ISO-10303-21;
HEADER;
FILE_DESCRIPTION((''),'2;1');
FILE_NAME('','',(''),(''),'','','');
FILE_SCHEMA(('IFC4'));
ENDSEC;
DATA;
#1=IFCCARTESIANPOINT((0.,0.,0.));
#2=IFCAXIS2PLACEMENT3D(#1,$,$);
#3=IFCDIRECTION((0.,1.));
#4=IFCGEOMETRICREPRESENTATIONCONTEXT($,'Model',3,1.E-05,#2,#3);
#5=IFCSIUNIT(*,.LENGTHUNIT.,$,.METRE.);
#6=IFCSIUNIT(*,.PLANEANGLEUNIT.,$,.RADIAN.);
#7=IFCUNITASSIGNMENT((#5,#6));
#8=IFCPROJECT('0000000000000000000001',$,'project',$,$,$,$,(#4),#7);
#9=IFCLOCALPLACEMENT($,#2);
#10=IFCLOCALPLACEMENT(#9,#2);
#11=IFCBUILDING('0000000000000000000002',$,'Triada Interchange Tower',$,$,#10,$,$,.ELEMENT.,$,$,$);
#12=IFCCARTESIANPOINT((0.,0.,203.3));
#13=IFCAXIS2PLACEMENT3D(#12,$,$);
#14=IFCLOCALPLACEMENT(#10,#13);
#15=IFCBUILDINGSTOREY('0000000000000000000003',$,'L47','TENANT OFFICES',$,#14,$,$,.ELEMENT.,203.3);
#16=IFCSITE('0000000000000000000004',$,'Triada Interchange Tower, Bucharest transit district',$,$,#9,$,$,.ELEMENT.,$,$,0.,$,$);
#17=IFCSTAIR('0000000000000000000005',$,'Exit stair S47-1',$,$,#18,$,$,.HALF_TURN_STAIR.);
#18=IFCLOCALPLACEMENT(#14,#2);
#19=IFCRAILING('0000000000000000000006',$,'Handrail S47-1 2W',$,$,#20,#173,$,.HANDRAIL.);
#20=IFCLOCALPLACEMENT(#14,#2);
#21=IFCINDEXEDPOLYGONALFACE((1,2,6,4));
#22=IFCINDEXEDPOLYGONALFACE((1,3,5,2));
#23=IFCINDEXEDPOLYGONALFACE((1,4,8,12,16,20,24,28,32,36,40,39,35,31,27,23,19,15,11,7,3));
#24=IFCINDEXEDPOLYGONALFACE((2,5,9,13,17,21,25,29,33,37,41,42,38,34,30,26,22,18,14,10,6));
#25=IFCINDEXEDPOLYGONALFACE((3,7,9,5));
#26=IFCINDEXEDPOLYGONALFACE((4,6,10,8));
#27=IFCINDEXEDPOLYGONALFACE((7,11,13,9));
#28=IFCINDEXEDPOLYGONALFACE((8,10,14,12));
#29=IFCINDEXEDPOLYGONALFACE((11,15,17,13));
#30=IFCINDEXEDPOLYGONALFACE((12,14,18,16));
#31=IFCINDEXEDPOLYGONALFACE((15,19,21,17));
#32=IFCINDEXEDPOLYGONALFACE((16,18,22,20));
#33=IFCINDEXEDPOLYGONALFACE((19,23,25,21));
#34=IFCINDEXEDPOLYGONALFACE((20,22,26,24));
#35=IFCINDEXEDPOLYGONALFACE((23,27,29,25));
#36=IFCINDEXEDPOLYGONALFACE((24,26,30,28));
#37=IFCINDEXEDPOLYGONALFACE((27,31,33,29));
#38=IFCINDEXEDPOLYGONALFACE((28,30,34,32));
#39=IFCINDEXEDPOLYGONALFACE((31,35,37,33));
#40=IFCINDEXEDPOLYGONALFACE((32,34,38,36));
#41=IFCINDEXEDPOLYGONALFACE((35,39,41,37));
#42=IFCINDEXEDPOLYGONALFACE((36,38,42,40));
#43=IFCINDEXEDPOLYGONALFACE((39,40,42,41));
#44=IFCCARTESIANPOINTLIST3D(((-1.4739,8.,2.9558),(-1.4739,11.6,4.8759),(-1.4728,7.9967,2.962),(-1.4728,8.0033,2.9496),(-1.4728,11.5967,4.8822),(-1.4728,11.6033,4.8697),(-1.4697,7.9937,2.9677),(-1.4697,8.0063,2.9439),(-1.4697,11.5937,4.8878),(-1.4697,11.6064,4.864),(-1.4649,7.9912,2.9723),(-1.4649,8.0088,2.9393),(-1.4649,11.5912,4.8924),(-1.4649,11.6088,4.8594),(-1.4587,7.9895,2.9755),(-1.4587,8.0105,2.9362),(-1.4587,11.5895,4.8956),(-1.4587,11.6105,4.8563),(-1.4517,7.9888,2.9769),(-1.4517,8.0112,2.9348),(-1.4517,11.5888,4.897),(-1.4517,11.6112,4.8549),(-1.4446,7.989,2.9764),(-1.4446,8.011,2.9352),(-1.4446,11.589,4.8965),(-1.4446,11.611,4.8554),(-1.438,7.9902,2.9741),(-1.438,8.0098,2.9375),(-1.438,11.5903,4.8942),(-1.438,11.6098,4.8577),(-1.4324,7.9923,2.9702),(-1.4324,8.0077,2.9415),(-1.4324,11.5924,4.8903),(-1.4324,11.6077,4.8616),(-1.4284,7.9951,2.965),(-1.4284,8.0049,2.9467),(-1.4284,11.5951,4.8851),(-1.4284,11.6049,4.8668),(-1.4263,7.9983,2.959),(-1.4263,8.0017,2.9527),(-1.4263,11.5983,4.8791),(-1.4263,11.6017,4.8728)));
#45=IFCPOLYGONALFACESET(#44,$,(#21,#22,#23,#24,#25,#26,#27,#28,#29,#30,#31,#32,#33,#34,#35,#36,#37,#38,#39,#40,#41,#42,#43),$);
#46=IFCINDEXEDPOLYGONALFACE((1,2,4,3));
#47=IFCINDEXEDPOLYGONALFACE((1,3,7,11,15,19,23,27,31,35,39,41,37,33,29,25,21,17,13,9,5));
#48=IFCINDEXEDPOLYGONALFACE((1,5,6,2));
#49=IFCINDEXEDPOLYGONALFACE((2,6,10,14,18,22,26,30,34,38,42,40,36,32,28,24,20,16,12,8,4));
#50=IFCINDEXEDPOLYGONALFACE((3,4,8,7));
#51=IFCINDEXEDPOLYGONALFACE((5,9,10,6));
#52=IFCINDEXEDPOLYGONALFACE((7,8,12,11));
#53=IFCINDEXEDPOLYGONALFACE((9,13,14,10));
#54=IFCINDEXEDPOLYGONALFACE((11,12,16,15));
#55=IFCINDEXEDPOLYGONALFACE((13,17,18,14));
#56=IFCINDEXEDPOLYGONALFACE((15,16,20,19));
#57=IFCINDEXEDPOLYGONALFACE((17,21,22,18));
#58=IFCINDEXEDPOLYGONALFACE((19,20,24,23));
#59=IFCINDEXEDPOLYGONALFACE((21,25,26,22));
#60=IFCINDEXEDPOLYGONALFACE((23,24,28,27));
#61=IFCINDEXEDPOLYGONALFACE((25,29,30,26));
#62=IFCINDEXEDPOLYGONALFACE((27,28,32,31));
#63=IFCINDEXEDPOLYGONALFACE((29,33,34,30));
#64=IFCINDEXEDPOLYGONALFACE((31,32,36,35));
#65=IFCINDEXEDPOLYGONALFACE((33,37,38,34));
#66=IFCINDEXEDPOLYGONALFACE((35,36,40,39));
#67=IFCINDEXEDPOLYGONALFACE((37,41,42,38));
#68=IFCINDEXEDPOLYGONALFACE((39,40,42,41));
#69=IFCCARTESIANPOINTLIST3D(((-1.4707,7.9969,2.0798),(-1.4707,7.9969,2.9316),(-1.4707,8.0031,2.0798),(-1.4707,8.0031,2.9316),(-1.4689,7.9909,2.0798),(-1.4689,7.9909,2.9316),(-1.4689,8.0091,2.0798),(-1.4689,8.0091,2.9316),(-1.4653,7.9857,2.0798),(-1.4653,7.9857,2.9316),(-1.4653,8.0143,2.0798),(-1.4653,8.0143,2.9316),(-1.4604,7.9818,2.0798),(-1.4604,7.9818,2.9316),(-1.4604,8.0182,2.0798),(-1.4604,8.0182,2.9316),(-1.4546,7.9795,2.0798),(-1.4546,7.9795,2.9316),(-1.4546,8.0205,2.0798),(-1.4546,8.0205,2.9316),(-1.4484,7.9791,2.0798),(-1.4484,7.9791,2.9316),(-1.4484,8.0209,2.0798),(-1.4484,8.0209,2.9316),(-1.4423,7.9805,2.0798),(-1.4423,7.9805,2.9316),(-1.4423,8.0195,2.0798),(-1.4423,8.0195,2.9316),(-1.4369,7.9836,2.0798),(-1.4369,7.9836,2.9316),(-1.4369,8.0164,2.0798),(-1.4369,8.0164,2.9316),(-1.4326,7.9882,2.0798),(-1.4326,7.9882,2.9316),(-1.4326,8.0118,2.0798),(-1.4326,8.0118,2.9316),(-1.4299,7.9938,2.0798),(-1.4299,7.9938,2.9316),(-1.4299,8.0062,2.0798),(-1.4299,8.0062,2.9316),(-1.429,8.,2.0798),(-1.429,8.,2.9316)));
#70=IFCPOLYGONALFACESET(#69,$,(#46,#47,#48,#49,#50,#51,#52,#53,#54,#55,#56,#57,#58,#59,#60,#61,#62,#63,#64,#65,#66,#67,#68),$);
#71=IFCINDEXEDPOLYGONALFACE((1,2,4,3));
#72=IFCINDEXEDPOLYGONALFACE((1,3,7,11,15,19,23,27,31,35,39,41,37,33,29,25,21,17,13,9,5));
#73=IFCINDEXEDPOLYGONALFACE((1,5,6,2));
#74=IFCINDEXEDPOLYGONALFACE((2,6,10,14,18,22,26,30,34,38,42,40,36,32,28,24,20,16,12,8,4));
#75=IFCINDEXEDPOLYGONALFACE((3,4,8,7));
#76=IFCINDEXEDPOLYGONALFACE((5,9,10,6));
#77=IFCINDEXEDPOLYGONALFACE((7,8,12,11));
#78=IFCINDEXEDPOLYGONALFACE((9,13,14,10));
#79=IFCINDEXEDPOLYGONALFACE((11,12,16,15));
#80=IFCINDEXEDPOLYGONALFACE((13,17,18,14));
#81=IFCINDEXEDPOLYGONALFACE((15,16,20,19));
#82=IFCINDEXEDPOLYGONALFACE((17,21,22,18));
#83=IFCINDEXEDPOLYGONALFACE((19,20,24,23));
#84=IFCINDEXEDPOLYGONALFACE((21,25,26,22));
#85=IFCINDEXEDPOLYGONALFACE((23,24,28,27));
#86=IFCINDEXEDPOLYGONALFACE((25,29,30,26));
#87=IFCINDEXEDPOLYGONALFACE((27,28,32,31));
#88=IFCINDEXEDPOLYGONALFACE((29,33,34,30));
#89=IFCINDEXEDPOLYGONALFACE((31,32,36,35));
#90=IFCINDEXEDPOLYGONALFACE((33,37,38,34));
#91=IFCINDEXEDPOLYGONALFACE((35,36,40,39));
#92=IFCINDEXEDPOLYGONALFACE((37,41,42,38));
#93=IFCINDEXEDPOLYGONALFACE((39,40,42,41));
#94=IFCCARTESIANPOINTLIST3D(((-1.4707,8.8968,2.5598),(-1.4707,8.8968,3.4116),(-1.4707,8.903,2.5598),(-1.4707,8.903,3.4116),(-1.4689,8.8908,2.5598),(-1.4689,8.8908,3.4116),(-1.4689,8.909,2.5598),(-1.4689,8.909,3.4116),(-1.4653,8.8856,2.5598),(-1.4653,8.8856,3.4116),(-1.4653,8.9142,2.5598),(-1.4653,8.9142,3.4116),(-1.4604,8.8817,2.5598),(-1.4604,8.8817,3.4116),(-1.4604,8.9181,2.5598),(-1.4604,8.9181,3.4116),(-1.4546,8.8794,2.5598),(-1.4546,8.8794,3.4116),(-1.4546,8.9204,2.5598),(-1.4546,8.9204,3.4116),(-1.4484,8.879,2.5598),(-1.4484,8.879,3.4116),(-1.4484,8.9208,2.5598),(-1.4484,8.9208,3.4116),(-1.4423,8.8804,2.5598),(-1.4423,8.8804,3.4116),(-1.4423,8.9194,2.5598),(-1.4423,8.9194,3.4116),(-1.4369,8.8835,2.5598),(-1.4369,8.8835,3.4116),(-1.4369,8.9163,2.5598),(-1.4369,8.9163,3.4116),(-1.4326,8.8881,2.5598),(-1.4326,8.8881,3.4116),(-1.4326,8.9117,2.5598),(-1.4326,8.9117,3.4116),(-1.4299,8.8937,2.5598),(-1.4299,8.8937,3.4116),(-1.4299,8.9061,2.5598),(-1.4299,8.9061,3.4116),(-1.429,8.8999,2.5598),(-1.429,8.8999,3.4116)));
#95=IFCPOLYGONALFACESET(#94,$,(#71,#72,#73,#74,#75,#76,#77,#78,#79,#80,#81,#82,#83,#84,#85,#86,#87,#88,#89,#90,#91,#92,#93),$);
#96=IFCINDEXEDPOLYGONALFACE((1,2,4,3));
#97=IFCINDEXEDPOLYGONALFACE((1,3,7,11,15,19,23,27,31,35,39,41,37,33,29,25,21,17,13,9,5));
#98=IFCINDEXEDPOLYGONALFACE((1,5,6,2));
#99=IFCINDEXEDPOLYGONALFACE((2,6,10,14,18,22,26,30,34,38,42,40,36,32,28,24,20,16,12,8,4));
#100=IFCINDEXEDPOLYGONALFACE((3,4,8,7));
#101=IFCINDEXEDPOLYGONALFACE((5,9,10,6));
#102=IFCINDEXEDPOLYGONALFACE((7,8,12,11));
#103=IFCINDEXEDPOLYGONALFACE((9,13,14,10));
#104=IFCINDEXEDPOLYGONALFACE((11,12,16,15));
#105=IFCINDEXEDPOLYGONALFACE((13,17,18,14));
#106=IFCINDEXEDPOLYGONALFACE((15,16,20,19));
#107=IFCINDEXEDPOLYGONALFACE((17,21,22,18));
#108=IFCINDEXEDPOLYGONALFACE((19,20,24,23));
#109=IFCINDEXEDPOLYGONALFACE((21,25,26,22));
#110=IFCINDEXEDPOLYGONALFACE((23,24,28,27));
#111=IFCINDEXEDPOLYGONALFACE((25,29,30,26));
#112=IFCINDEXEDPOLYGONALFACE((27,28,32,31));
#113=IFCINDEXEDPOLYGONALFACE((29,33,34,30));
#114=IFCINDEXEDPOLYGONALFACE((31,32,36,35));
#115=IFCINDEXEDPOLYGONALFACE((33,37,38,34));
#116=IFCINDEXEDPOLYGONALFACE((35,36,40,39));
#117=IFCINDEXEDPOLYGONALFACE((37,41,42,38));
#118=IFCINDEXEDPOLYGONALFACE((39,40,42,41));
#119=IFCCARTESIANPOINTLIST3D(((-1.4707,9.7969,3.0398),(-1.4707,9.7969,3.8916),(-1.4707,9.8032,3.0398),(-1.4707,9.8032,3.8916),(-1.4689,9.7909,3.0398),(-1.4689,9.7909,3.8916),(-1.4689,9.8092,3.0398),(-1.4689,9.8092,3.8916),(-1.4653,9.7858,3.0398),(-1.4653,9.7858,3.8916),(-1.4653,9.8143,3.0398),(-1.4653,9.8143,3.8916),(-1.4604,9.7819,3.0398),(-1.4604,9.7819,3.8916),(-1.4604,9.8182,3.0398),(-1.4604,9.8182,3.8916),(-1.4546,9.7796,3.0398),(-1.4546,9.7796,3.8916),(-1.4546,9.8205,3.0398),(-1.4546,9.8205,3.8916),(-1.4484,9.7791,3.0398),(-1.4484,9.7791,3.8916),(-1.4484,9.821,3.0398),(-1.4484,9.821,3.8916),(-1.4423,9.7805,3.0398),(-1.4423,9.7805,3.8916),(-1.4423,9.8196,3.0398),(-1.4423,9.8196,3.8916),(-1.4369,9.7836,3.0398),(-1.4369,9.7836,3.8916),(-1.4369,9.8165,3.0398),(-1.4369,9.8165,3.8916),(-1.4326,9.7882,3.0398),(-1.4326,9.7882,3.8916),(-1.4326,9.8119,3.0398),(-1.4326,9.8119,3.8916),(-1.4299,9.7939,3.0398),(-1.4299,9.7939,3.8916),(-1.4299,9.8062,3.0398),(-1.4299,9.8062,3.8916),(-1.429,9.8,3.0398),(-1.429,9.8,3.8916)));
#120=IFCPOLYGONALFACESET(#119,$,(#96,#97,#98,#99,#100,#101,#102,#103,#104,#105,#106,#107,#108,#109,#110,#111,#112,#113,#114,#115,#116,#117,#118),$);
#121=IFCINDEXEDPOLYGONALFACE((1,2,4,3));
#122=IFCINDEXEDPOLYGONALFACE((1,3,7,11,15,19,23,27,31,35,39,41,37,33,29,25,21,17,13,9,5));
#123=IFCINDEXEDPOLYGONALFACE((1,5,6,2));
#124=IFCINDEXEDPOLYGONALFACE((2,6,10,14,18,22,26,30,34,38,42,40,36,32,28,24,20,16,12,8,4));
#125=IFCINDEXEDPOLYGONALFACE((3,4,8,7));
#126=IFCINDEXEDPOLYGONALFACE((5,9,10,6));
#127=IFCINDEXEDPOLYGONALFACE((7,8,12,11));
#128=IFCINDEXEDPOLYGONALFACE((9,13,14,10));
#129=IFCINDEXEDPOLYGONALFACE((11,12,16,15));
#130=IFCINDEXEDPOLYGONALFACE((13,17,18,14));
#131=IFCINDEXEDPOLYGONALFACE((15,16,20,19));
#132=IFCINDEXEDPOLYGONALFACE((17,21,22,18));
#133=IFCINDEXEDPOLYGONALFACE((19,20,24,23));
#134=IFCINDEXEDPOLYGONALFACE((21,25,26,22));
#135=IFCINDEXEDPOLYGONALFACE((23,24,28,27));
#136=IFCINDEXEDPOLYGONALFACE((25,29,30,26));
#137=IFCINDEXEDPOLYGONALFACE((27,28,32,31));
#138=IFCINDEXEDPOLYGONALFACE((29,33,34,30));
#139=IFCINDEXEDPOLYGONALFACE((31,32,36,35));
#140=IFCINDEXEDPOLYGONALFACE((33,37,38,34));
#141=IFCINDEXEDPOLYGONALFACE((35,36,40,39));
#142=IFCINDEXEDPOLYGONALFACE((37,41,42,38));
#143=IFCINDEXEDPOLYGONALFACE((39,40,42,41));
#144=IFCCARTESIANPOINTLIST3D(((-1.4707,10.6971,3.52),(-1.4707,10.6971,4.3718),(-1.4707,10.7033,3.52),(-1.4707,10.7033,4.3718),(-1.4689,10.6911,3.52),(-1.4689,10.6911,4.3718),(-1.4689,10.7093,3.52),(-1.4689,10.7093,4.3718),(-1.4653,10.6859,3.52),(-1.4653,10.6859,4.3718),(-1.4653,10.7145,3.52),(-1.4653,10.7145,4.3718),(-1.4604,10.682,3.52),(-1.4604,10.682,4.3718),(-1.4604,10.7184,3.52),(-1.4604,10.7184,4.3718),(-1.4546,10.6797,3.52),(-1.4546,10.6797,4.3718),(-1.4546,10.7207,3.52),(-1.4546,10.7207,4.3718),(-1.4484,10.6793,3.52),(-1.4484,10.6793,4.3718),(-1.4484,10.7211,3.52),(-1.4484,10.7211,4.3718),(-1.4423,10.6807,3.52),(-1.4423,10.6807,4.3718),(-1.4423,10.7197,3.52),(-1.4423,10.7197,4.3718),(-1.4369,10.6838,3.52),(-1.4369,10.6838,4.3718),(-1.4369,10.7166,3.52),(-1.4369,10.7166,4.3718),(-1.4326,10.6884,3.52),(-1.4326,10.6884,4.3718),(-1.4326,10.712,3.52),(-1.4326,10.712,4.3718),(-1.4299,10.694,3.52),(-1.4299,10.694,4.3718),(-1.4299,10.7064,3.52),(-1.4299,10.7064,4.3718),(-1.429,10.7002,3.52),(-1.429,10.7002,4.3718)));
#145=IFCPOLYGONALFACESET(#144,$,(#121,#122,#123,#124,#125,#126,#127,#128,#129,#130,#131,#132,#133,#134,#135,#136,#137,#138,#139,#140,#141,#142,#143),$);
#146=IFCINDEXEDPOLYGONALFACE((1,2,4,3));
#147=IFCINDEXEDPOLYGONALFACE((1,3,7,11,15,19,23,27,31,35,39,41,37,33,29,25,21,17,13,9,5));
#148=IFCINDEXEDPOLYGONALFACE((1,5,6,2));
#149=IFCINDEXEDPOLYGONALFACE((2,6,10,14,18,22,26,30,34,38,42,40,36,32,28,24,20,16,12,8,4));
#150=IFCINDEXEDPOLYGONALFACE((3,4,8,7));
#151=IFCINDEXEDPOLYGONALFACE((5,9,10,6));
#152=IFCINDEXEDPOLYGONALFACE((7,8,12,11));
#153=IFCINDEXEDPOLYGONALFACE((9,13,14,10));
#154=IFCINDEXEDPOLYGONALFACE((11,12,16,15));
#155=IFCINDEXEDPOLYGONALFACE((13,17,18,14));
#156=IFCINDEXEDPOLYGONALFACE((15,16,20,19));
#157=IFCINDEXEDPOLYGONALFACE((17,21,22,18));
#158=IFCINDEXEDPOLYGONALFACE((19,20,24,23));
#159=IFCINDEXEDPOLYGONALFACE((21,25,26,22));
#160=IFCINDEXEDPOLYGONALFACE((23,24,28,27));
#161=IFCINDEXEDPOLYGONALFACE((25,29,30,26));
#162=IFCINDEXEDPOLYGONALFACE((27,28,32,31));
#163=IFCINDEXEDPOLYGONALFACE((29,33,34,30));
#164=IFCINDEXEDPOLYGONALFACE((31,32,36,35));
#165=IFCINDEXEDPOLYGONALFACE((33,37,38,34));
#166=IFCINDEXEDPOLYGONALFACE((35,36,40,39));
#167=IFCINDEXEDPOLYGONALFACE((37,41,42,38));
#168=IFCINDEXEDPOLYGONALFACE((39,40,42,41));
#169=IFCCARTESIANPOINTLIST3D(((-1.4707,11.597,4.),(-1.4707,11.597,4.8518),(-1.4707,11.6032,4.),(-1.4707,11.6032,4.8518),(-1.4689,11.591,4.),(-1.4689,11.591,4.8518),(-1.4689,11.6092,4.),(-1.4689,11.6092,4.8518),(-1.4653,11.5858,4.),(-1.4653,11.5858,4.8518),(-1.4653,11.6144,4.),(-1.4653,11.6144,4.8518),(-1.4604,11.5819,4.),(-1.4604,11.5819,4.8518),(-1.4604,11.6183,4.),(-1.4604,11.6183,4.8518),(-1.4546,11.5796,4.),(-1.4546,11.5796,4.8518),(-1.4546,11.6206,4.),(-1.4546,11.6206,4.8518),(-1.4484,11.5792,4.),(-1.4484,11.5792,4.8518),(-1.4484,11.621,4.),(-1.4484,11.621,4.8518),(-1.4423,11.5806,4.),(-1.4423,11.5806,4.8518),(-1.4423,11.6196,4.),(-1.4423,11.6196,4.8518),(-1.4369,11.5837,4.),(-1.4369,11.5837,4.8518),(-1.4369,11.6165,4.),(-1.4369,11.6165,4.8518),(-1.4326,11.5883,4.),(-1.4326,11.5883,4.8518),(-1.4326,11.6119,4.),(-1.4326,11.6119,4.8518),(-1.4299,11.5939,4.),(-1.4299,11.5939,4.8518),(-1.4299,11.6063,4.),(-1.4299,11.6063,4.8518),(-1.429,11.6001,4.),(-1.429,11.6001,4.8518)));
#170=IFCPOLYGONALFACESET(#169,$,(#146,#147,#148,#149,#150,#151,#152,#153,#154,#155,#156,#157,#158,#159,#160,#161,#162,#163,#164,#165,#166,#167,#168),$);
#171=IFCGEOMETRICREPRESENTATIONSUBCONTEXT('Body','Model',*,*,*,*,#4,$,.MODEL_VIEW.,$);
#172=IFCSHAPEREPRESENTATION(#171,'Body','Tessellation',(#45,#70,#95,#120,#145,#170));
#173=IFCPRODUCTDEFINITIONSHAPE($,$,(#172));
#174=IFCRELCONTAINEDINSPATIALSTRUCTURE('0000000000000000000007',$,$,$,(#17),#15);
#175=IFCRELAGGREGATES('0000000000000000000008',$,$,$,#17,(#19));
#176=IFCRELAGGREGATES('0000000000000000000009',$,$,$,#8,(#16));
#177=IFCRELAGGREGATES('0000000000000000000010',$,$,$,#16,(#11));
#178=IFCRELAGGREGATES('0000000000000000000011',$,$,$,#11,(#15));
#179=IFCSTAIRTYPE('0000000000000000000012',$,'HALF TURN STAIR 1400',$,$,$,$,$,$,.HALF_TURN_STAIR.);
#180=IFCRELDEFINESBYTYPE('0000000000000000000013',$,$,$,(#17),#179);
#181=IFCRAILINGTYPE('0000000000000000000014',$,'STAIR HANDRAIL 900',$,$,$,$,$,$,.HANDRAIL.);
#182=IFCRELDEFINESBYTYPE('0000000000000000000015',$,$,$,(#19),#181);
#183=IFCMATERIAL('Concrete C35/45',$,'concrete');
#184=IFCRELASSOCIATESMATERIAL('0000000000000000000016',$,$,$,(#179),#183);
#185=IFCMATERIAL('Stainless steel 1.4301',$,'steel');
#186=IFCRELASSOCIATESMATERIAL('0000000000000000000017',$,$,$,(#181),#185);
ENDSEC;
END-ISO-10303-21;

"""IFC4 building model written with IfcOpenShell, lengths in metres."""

from ifc_helpers import new_model, si_unit, direction, frame, origin, origin_2d, place, context, subcontext, project, spatial, circle, extrude, material, type_object, element, aggregate, save


model = new_model("IFC4")

# Units and contexts
model_context = context("Model", 3, precision=1e-05, world=origin(), true_north=direction((0.0, 1.0)))
body_context = subcontext(model_context, "Body", "Model", "MODEL_VIEW")
ifc_project = project(units=[si_unit("LENGTHUNIT", "METRE"), si_unit("PLANEANGLEUNIT", "RADIAN")], contexts=[model_context])

# Site, building, storey
site_placement = place(None, origin())
site = spatial("IfcSite", under=ifc_project, at=site_placement, Name="Triada Interchange Tower, Bucharest transit district", CompositionType="ELEMENT", RefElevation=0.0)
building_placement = place(site_placement, origin())
building = spatial("IfcBuilding", under=site, at=building_placement, Name="Triada Interchange Tower", CompositionType="ELEMENT")
storey_placement = place(building_placement, frame((0.0, 0.0, 203.3)))
storey = spatial("IfcBuildingStorey", under=building, at=storey_placement, Name="L47", Description="TENANT OFFICES", CompositionType="ELEMENT", Elevation=203.3)

# Stair, railing
ifc_material_1 = material(Name="Concrete C35/45", Category="concrete")
stair_type = type_object("IfcStairType", Name="HALF TURN STAIR 1400", PredefinedType="HALF_TURN_STAIR", material=ifc_material_1)
stair_placement = place(storey_placement, origin())
stair = element("IfcStair", 1, at=stair_placement, inside=storey, type_object=stair_type, Name="Exit stair S47-1", PredefinedType="HALF_TURN_STAIR")
ifc_material_2 = material(Name="Stainless steel 1.4301", Category="steel")
railing_type = type_object("IfcRailingType", Name="STAIR HANDRAIL 900", PredefinedType="HANDRAIL", material=ifc_material_2)
railing_placement = place(storey_placement, frame((-1.45, 8.0, 2.0798)))
railing = element("IfcRailing", 2, at=railing_placement, type_object=railing_type, Name="Handrail S47-1 2W", PredefinedType="HANDRAIL", context=body_context, shape_type="SweptSolid", body=[
    extrude(circle(Radius=0.0239, at=origin_2d()), frame((0.0, 0.0, 0.876), z_axis=(0.0, 0.882341, 0.47061), x_axis=(-1.0, 0.0, 0.0)), (0.0, 0.0, 1.0), 4.0801),
    extrude(circle(Radius=0.021, at=origin_2d()), origin(), (0.0, 0.0, 1.0), 0.8518),
    extrude(circle(Radius=0.021, at=origin_2d()), frame((0.0, 0.8999, 0.48)), (0.0, 0.0, 1.0), 0.8518),
    extrude(circle(Radius=0.021, at=origin_2d()), frame((0.0, 1.8, 0.96)), (0.0, 0.0, 1.0), 0.8518),
    extrude(circle(Radius=0.021, at=origin_2d()), frame((0.0, 2.7002, 1.4402)), (0.0, 0.0, 1.0), 0.8518),
    extrude(circle(Radius=0.021, at=origin_2d()), frame((0.0, 3.6001, 1.9202)), (0.0, 0.0, 1.0), 0.8518),
])
aggregate(stair, [railing])

save(model, "model.ifc")
